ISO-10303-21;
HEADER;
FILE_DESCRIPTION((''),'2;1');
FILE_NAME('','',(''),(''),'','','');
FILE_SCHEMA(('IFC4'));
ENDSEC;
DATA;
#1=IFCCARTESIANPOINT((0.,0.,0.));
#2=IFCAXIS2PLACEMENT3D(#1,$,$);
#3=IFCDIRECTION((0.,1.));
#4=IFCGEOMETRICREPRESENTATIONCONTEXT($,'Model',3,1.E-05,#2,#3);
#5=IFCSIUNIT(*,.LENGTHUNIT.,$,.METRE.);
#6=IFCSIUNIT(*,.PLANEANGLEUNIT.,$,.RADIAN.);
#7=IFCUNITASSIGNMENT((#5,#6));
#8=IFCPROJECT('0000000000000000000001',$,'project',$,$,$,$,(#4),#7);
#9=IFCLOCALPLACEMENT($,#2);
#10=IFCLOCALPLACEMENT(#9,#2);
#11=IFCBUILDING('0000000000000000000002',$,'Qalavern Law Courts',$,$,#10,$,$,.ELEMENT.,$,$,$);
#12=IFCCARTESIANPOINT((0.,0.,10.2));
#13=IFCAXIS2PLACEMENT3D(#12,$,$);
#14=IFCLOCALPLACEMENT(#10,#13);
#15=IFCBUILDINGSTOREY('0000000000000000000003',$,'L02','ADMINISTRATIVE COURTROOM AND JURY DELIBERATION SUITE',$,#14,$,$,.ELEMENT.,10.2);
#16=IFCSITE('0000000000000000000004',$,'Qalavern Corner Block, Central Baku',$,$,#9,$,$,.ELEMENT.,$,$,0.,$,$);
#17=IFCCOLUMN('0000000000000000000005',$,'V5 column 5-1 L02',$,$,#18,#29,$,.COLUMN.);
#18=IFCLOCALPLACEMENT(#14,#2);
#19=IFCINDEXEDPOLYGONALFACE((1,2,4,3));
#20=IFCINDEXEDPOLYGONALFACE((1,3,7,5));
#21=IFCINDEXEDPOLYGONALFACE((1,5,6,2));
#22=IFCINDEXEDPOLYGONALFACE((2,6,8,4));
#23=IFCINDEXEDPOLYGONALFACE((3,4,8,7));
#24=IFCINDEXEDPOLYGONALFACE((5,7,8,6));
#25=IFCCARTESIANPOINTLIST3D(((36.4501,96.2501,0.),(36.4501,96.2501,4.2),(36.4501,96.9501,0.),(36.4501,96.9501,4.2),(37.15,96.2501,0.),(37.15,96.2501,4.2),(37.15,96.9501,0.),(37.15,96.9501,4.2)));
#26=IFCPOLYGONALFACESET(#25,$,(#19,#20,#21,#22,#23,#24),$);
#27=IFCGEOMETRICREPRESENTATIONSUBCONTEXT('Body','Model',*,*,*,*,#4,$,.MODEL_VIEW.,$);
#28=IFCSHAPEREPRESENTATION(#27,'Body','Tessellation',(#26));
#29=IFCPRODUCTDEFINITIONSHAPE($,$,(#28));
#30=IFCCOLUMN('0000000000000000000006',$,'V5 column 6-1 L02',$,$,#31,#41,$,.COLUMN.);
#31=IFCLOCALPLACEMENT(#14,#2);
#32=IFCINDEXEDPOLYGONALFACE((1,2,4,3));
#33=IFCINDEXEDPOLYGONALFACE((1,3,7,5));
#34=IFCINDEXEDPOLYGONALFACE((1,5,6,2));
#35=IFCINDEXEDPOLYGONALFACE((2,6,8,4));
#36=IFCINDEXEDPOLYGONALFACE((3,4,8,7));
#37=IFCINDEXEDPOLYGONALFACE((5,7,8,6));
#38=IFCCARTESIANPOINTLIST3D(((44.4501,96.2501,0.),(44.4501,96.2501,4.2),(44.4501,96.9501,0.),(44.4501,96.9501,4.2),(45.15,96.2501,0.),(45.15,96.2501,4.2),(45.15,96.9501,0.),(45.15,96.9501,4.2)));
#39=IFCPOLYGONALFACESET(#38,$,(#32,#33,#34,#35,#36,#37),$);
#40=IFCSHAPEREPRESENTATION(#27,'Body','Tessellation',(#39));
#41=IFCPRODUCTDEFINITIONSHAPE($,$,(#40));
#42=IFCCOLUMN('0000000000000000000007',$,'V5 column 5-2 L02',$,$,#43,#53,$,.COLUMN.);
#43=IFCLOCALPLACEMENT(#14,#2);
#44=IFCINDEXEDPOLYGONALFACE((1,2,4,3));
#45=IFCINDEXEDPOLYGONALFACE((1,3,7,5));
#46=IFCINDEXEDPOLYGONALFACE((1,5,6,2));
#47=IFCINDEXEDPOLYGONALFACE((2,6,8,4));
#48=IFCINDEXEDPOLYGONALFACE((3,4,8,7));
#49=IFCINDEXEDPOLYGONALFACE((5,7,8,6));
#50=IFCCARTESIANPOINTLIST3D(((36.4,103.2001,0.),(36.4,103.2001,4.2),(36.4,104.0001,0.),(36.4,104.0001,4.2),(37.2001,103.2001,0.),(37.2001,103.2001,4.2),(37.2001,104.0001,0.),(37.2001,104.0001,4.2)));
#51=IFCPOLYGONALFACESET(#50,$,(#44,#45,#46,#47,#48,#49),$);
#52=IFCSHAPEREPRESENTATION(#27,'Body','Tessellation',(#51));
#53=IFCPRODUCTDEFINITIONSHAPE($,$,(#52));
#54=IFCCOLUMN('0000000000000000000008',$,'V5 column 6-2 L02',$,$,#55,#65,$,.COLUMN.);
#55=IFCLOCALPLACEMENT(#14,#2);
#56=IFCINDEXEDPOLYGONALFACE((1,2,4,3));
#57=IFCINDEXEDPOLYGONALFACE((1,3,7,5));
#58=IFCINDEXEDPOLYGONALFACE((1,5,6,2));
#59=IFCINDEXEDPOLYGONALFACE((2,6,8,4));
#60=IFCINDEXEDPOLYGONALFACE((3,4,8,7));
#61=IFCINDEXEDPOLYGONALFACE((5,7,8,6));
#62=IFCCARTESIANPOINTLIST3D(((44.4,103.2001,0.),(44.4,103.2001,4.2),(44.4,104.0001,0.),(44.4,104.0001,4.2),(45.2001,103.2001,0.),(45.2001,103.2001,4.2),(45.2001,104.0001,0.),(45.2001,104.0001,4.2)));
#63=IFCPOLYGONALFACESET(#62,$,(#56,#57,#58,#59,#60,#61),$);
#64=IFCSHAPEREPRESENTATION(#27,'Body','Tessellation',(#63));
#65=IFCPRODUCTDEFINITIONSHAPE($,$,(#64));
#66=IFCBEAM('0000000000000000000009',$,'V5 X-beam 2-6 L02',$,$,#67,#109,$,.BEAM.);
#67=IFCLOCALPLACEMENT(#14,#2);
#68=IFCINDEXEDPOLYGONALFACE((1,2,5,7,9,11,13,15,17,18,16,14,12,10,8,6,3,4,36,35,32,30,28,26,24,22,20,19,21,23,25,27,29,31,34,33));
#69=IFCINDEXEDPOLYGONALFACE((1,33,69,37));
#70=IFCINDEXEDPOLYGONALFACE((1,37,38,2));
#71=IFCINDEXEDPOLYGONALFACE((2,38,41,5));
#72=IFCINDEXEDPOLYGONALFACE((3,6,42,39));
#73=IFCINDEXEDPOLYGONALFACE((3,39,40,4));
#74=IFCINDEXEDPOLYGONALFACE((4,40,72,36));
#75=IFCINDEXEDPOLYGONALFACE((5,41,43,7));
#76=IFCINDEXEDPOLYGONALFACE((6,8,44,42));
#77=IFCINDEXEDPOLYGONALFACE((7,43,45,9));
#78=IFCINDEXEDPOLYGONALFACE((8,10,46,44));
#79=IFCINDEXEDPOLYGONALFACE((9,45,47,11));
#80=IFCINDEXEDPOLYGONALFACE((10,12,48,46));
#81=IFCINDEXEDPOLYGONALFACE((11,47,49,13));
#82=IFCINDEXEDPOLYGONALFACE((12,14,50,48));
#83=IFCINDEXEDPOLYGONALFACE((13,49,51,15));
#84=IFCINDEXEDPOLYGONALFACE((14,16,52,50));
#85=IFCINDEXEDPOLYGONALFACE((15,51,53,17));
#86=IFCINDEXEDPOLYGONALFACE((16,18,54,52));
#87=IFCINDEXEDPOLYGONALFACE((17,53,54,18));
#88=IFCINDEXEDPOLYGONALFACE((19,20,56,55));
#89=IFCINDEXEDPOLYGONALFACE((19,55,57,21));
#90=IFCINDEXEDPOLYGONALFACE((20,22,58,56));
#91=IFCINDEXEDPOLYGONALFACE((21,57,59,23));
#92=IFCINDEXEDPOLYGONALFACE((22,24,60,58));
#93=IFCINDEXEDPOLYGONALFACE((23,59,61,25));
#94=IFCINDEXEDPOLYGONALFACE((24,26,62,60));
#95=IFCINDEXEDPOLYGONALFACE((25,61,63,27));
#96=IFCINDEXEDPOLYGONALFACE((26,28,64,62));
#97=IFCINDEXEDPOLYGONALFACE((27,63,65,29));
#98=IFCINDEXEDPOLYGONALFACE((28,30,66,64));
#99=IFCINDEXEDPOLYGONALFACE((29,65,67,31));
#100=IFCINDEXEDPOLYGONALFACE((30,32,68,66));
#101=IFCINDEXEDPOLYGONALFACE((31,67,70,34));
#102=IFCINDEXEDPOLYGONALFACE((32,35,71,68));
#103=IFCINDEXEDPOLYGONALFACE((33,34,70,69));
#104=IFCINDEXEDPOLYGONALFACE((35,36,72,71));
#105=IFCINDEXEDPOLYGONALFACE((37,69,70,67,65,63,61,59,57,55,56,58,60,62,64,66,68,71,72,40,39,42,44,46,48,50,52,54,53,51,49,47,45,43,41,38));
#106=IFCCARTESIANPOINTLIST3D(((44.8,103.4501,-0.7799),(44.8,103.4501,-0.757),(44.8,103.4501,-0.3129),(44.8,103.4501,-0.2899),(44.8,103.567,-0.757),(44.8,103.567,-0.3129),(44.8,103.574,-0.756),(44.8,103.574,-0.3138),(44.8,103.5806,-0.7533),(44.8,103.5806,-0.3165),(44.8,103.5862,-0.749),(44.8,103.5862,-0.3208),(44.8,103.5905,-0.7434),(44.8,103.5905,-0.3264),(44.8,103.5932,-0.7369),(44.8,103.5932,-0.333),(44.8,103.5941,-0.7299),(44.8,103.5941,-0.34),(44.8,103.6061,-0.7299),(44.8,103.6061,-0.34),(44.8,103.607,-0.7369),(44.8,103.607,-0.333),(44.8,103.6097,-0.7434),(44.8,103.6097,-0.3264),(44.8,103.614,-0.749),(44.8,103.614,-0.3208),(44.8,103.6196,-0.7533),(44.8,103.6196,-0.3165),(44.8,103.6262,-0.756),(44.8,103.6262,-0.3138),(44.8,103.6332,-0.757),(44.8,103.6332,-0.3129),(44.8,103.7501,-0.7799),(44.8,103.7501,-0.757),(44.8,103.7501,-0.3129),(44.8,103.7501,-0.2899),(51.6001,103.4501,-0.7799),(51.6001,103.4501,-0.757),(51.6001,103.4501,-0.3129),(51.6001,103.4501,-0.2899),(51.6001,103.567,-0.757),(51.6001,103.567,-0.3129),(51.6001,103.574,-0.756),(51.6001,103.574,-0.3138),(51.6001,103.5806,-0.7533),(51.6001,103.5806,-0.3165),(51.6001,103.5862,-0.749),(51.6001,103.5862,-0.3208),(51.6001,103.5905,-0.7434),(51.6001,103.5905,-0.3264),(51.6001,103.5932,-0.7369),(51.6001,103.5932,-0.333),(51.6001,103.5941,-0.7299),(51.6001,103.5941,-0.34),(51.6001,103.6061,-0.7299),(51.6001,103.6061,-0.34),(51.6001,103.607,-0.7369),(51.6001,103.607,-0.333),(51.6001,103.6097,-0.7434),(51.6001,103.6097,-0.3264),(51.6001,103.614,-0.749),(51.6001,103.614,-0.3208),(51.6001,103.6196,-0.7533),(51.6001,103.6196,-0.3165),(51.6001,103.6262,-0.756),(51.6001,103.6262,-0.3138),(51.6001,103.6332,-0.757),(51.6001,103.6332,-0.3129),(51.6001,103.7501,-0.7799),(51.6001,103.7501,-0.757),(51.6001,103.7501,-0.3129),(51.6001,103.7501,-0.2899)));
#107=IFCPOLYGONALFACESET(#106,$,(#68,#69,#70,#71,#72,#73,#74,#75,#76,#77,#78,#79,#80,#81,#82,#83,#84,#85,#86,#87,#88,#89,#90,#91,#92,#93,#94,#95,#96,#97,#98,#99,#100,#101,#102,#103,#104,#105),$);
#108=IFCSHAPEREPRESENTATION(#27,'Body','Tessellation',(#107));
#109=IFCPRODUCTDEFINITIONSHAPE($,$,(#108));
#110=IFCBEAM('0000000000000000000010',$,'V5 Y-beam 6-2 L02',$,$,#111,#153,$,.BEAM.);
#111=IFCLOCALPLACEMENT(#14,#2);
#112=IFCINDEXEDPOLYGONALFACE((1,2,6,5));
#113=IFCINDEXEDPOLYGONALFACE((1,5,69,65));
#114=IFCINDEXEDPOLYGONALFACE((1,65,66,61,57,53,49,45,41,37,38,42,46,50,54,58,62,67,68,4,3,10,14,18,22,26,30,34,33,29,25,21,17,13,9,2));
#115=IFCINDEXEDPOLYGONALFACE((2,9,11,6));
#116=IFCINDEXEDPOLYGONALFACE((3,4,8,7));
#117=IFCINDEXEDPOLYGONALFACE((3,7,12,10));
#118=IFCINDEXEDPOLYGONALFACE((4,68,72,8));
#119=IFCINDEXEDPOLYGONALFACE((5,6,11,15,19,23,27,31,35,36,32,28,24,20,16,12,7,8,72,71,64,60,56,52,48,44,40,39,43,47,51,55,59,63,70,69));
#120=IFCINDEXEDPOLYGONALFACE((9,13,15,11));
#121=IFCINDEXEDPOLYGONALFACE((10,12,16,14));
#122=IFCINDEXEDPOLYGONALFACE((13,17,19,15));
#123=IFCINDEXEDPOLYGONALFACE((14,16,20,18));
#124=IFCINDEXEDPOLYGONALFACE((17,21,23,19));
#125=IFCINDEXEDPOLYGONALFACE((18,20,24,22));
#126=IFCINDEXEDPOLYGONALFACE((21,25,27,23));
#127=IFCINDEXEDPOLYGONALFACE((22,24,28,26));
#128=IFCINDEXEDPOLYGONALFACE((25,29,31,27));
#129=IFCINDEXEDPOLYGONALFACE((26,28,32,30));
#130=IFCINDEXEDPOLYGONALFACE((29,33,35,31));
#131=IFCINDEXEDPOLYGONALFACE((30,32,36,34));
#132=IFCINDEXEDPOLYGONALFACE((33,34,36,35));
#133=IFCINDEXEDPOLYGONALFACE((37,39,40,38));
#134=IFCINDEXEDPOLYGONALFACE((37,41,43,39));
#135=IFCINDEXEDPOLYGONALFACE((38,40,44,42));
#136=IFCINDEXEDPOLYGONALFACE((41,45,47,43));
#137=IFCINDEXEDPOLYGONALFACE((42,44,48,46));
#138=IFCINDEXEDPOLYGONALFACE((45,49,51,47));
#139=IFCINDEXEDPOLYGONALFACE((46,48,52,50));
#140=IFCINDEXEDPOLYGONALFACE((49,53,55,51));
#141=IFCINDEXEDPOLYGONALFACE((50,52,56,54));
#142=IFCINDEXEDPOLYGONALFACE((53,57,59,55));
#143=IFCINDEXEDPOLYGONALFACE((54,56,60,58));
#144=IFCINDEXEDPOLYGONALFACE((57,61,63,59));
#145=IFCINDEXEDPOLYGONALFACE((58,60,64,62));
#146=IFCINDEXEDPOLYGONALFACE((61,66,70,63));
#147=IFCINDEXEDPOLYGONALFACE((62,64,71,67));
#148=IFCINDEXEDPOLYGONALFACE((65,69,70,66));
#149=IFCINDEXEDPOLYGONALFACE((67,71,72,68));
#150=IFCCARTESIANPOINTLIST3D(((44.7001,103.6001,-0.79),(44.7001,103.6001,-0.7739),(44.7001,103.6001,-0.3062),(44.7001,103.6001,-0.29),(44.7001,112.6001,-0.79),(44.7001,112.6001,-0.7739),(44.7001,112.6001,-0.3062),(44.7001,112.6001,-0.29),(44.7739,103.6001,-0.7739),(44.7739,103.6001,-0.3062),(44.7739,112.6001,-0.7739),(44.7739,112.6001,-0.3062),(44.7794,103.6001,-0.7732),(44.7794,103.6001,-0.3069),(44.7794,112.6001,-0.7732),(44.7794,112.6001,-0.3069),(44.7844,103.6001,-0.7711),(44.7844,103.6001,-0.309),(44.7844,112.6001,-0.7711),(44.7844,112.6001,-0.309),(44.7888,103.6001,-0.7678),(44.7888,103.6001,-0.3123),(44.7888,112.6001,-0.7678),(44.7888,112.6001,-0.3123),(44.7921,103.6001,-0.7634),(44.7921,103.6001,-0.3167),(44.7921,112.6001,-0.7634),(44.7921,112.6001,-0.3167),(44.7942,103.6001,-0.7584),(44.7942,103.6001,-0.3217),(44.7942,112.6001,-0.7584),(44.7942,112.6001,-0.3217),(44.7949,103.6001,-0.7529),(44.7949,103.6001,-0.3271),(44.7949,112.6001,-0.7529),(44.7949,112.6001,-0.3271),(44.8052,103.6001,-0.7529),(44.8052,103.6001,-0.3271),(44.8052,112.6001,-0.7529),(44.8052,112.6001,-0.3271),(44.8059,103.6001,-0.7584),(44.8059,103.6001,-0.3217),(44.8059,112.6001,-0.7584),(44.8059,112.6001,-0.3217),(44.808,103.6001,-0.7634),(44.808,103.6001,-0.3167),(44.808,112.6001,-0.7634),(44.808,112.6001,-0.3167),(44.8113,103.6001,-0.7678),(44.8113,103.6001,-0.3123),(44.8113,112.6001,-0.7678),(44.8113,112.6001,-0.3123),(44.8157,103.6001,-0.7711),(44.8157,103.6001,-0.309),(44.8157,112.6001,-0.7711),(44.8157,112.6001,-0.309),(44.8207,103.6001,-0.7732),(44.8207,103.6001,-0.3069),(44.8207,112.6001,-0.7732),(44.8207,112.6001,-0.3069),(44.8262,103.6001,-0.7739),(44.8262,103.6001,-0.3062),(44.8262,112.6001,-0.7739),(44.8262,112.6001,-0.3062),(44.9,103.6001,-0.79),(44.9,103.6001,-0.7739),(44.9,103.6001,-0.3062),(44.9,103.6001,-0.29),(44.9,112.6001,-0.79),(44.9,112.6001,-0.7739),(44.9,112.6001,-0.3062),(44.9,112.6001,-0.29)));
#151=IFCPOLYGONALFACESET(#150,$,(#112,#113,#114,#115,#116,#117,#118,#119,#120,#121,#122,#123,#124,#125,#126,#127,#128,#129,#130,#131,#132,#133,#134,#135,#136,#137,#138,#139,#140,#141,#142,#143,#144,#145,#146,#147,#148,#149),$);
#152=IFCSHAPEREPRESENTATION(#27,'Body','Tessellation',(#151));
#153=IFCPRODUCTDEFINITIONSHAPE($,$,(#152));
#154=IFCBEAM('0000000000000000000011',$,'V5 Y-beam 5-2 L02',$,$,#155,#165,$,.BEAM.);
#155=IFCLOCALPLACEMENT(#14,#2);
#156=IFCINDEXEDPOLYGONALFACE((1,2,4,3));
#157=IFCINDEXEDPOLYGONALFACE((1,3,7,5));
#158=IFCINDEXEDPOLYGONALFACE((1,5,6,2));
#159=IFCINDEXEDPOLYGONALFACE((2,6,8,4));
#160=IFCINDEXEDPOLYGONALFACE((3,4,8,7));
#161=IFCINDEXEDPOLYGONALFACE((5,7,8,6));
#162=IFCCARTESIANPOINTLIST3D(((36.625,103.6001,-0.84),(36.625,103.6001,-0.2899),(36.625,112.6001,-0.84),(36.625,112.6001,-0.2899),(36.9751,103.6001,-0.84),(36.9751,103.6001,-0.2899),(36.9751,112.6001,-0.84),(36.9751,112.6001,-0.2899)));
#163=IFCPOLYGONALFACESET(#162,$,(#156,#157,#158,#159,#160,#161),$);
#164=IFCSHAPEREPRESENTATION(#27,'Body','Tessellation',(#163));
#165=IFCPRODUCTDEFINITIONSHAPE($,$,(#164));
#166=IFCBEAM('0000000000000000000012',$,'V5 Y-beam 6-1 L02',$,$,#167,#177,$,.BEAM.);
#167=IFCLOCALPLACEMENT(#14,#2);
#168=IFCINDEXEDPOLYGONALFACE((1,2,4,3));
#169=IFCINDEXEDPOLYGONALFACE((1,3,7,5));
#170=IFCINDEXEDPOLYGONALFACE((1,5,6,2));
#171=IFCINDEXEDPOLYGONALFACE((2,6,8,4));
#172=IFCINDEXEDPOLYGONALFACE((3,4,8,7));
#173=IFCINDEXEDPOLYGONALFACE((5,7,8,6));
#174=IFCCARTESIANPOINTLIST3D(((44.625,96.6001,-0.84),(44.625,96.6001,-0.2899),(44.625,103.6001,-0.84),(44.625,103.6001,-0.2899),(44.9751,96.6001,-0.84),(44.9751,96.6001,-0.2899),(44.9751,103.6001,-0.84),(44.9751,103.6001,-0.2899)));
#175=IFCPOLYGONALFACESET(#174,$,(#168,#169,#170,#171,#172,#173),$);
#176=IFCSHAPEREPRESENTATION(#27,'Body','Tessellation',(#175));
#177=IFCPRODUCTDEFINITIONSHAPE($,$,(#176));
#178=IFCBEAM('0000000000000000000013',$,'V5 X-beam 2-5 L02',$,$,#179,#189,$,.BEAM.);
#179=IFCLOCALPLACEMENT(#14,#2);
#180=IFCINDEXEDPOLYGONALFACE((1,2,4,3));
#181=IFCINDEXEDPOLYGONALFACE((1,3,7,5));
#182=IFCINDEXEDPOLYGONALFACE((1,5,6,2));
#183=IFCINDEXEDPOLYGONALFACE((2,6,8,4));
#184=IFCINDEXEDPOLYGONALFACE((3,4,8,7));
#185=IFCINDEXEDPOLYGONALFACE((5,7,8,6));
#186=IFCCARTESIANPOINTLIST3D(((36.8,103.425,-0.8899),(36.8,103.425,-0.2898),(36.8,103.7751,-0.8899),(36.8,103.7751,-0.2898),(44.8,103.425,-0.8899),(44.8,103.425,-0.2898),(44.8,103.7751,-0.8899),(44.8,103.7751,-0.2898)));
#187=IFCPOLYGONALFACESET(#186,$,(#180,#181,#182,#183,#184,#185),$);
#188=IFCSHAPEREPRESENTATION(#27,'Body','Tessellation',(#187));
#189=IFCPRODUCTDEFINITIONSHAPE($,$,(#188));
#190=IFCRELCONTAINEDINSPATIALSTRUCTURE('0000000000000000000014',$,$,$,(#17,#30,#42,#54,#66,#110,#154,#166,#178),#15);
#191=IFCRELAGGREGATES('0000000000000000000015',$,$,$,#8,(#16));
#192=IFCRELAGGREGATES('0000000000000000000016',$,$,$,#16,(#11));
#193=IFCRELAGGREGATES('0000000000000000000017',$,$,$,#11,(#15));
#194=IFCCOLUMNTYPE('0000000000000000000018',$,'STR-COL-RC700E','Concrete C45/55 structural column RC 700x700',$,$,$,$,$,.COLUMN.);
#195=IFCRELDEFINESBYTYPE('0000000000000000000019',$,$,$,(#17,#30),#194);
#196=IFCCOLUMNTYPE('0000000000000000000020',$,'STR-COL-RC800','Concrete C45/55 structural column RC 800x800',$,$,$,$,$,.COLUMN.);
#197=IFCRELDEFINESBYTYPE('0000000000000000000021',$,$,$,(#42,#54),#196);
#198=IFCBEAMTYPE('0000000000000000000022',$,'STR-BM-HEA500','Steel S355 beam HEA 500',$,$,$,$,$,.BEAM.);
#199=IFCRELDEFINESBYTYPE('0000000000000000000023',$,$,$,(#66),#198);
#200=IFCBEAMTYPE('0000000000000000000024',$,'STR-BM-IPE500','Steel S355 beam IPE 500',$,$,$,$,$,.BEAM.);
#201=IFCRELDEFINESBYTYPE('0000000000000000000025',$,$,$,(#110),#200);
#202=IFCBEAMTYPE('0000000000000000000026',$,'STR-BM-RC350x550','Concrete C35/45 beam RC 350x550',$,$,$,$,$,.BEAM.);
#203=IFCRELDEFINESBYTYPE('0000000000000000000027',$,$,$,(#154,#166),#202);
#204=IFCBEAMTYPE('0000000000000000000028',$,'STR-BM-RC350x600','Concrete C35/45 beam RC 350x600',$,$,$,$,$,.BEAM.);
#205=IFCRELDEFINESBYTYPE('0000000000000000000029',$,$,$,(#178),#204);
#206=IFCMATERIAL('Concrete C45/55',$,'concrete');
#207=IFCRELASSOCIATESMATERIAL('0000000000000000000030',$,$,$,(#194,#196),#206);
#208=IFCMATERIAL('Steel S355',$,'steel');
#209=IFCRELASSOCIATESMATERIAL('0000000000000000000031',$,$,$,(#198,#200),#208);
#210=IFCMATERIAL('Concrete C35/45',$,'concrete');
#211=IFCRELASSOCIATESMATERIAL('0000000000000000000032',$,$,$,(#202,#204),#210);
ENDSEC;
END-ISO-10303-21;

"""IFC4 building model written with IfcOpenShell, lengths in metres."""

from ifc_helpers import new_model, si_unit, direction, frame, origin, origin_2d, place, context, subcontext, project, spatial, rectangle, i_section, extrude, material, material_profile, profile_set, type_object, element, save


model = new_model("IFC4")

# Units and contexts
model_context = context("Model", 3, precision=1e-05, world=origin(), true_north=direction((0.0, 1.0)))
body_context = subcontext(model_context, "Body", "Model", "MODEL_VIEW")
ifc_project = project(units=[si_unit("LENGTHUNIT", "METRE"), si_unit("PLANEANGLEUNIT", "RADIAN")], contexts=[model_context])

# Site, building, storey
site_placement = place(None, origin())
site = spatial("IfcSite", under=ifc_project, at=site_placement, Name="Qalavern Corner Block, Central Baku", CompositionType="ELEMENT", RefElevation=0.0)
building_placement = place(site_placement, origin())
building = spatial("IfcBuilding", under=site, at=building_placement, Name="Qalavern Law Courts", CompositionType="ELEMENT")
storey_placement = place(building_placement, frame((0.0, 0.0, 10.2)))
storey = spatial("IfcBuildingStorey", under=building, at=storey_placement, Name="L02", Description="ADMINISTRATIVE COURTROOM AND JURY DELIBERATION SUITE", CompositionType="ELEMENT", Elevation=10.2)

# Columns
ifc_material_1 = material(Name="Concrete C45/55", Category="concrete")
ifc_material_profile_1 = material_profile(ifc_material_1, rectangle(XDim=0.7, YDim=0.7, at=origin_2d()), Name="RC 700x700")
ifc_profile_set_1 = profile_set([ifc_material_profile_1], Name="Concrete C45/55")
column_type_1 = type_object("IfcColumnType", Name="STR-COL-RC700E", Description="Concrete C45/55 structural column RC 700x700", PredefinedType="COLUMN", material=ifc_profile_set_1)
for number, where, z_axis, x_axis, name in (
    (1, (36.8, 96.6001, 0.0), (0.0, 0.0, 1.0), (1.0, 0.0, 0.0), "V5 column 5-1 L02"),
    (2, (44.8, 96.6001, 0.0), (0.0, 0.0, 1.0), (1.0, 0.0, 0.0), "V5 column 6-1 L02"),
):
    element("IfcColumn", number, at=place(storey_placement, frame(where, z_axis=z_axis, x_axis=x_axis)), inside=storey, type_object=column_type_1, Name=name, PredefinedType="COLUMN", context=body_context, shape_type="SweptSolid", body=[
        extrude(rectangle(XDim=0.7, YDim=0.7, at=origin_2d()), origin(), (0.0, 0.0, 1.0), 4.2),
    ])
ifc_material_profile_2 = material_profile(ifc_material_1, rectangle(XDim=0.8, YDim=0.8, at=origin_2d()), Name="RC 800x800")
ifc_profile_set_2 = profile_set([ifc_material_profile_2], Name="Concrete C45/55")
column_type_2 = type_object("IfcColumnType", Name="STR-COL-RC800", Description="Concrete C45/55 structural column RC 800x800", PredefinedType="COLUMN", material=ifc_profile_set_2)
for number, where, z_axis, x_axis, name in (
    (3, (36.8, 103.6001, 0.0), (0.0, 0.0, 1.0), (1.0, 0.0, 0.0), "V5 column 5-2 L02"),
    (4, (44.8, 103.6001, 0.0), (0.0, 0.0, 1.0), (1.0, 0.0, 0.0), "V5 column 6-2 L02"),
):
    element("IfcColumn", number, at=place(storey_placement, frame(where, z_axis=z_axis, x_axis=x_axis)), inside=storey, type_object=column_type_2, Name=name, PredefinedType="COLUMN", context=body_context, shape_type="SweptSolid", body=[
        extrude(rectangle(XDim=0.8, YDim=0.8, at=origin_2d()), origin(), (0.0, 0.0, 1.0), 4.2),
    ])

# Beams
ifc_material_2 = material(Name="Steel S355", Category="steel")
ifc_material_profile_3 = material_profile(ifc_material_2, i_section(OverallWidth=0.3, OverallDepth=0.49, WebThickness=0.012, FlangeThickness=0.0229, FilletRadius=0.0271, at=origin_2d()), Name="HEA 500")
ifc_profile_set_3 = profile_set([ifc_material_profile_3], Name="Steel S355")
beam_type_1 = type_object("IfcBeamType", Name="STR-BM-HEA500", Description="Steel S355 beam HEA 500", PredefinedType="BEAM", material=ifc_profile_set_3)
beam_1_placement = place(storey_placement, frame((44.8, 103.6001, -0.5349), z_axis=(1.0, 0.0, 0.0), x_axis=(0.0, 1.0, 0.0)))
element("IfcBeam", 5, at=beam_1_placement, inside=storey, type_object=beam_type_1, Name="V5 X-beam 2-6 L02", PredefinedType="BEAM", context=body_context, shape_type="SweptSolid", body=[
    extrude(i_section(OverallWidth=0.3, OverallDepth=0.49, WebThickness=0.012, FlangeThickness=0.0229, FilletRadius=0.0271, at=origin_2d()), origin(), (0.0, 0.0, 1.0), 6.8),
])
ifc_material_profile_4 = material_profile(ifc_material_2, i_section(OverallWidth=0.2, OverallDepth=0.5, WebThickness=0.0103, FlangeThickness=0.0161, FilletRadius=0.021, at=origin_2d()), Name="IPE 500")
ifc_profile_set_4 = profile_set([ifc_material_profile_4], Name="Steel S355")
beam_type_2 = type_object("IfcBeamType", Name="STR-BM-IPE500", Description="Steel S355 beam IPE 500", PredefinedType="BEAM", material=ifc_profile_set_4)
beam_2_placement = place(storey_placement, frame((44.8, 103.6001, -0.54), z_axis=(0.0, 1.0, 0.0), x_axis=(-1.0, 0.0, 0.0)))
element("IfcBeam", 6, at=beam_2_placement, inside=storey, type_object=beam_type_2, Name="V5 Y-beam 6-2 L02", PredefinedType="BEAM", context=body_context, shape_type="SweptSolid", body=[
    extrude(i_section(OverallWidth=0.2, OverallDepth=0.5, WebThickness=0.0103, FlangeThickness=0.0161, FilletRadius=0.021, at=origin_2d()), origin(), (0.0, 0.0, 1.0), 9.0),
])
ifc_material_3 = material(Name="Concrete C35/45", Category="concrete")
ifc_material_profile_5 = material_profile(ifc_material_3, rectangle(XDim=0.3501, YDim=0.55, at=origin_2d()), Name="RC 350x550")
ifc_profile_set_5 = profile_set([ifc_material_profile_5], Name="Concrete C35/45")
beam_type_3 = type_object("IfcBeamType", Name="STR-BM-RC350x550", Description="Concrete C35/45 beam RC 350x550", PredefinedType="BEAM", material=ifc_profile_set_5)
beam_3_placement = place(storey_placement, frame((36.8, 103.6001, -0.5649), z_axis=(0.0, 1.0, 0.0), x_axis=(-1.0, 0.0, 0.0)))
element("IfcBeam", 7, at=beam_3_placement, inside=storey, type_object=beam_type_3, Name="V5 Y-beam 5-2 L02", PredefinedType="BEAM", context=body_context, shape_type="SweptSolid", body=[
    extrude(rectangle(XDim=0.3501, YDim=0.55, at=origin_2d()), origin(), (0.0, 0.0, 1.0), 9.0),
])
beam_4_placement = place(storey_placement, frame((44.8, 96.6001, -0.5649), z_axis=(0.0, 1.0, 0.0), x_axis=(-1.0, 0.0, 0.0)))
element("IfcBeam", 8, at=beam_4_placement, inside=storey, type_object=beam_type_3, Name="V5 Y-beam 6-1 L02", PredefinedType="BEAM", context=body_context, shape_type="SweptSolid", body=[
    extrude(rectangle(XDim=0.3501, YDim=0.55, at=origin_2d()), origin(), (0.0, 0.0, 1.0), 7.0),
])
ifc_material_profile_6 = material_profile(ifc_material_3, rectangle(XDim=0.3501, YDim=0.6001, at=origin_2d()), Name="RC 350x600")
ifc_profile_set_6 = profile_set([ifc_material_profile_6], Name="Concrete C35/45")
beam_type_4 = type_object("IfcBeamType", Name="STR-BM-RC350x600", Description="Concrete C35/45 beam RC 350x600", PredefinedType="BEAM", material=ifc_profile_set_6)
beam_5_placement = place(storey_placement, frame((36.8, 103.6001, -0.5898), z_axis=(1.0, 0.0, 0.0), x_axis=(0.0, 1.0, 0.0)))
element("IfcBeam", 9, at=beam_5_placement, inside=storey, type_object=beam_type_4, Name="V5 X-beam 2-5 L02", PredefinedType="BEAM", context=body_context, shape_type="SweptSolid", body=[
    extrude(rectangle(XDim=0.3501, YDim=0.6001, at=origin_2d()), origin(), (0.0, 0.0, 1.0), 8.0),
])

save(model, "model.ifc")
